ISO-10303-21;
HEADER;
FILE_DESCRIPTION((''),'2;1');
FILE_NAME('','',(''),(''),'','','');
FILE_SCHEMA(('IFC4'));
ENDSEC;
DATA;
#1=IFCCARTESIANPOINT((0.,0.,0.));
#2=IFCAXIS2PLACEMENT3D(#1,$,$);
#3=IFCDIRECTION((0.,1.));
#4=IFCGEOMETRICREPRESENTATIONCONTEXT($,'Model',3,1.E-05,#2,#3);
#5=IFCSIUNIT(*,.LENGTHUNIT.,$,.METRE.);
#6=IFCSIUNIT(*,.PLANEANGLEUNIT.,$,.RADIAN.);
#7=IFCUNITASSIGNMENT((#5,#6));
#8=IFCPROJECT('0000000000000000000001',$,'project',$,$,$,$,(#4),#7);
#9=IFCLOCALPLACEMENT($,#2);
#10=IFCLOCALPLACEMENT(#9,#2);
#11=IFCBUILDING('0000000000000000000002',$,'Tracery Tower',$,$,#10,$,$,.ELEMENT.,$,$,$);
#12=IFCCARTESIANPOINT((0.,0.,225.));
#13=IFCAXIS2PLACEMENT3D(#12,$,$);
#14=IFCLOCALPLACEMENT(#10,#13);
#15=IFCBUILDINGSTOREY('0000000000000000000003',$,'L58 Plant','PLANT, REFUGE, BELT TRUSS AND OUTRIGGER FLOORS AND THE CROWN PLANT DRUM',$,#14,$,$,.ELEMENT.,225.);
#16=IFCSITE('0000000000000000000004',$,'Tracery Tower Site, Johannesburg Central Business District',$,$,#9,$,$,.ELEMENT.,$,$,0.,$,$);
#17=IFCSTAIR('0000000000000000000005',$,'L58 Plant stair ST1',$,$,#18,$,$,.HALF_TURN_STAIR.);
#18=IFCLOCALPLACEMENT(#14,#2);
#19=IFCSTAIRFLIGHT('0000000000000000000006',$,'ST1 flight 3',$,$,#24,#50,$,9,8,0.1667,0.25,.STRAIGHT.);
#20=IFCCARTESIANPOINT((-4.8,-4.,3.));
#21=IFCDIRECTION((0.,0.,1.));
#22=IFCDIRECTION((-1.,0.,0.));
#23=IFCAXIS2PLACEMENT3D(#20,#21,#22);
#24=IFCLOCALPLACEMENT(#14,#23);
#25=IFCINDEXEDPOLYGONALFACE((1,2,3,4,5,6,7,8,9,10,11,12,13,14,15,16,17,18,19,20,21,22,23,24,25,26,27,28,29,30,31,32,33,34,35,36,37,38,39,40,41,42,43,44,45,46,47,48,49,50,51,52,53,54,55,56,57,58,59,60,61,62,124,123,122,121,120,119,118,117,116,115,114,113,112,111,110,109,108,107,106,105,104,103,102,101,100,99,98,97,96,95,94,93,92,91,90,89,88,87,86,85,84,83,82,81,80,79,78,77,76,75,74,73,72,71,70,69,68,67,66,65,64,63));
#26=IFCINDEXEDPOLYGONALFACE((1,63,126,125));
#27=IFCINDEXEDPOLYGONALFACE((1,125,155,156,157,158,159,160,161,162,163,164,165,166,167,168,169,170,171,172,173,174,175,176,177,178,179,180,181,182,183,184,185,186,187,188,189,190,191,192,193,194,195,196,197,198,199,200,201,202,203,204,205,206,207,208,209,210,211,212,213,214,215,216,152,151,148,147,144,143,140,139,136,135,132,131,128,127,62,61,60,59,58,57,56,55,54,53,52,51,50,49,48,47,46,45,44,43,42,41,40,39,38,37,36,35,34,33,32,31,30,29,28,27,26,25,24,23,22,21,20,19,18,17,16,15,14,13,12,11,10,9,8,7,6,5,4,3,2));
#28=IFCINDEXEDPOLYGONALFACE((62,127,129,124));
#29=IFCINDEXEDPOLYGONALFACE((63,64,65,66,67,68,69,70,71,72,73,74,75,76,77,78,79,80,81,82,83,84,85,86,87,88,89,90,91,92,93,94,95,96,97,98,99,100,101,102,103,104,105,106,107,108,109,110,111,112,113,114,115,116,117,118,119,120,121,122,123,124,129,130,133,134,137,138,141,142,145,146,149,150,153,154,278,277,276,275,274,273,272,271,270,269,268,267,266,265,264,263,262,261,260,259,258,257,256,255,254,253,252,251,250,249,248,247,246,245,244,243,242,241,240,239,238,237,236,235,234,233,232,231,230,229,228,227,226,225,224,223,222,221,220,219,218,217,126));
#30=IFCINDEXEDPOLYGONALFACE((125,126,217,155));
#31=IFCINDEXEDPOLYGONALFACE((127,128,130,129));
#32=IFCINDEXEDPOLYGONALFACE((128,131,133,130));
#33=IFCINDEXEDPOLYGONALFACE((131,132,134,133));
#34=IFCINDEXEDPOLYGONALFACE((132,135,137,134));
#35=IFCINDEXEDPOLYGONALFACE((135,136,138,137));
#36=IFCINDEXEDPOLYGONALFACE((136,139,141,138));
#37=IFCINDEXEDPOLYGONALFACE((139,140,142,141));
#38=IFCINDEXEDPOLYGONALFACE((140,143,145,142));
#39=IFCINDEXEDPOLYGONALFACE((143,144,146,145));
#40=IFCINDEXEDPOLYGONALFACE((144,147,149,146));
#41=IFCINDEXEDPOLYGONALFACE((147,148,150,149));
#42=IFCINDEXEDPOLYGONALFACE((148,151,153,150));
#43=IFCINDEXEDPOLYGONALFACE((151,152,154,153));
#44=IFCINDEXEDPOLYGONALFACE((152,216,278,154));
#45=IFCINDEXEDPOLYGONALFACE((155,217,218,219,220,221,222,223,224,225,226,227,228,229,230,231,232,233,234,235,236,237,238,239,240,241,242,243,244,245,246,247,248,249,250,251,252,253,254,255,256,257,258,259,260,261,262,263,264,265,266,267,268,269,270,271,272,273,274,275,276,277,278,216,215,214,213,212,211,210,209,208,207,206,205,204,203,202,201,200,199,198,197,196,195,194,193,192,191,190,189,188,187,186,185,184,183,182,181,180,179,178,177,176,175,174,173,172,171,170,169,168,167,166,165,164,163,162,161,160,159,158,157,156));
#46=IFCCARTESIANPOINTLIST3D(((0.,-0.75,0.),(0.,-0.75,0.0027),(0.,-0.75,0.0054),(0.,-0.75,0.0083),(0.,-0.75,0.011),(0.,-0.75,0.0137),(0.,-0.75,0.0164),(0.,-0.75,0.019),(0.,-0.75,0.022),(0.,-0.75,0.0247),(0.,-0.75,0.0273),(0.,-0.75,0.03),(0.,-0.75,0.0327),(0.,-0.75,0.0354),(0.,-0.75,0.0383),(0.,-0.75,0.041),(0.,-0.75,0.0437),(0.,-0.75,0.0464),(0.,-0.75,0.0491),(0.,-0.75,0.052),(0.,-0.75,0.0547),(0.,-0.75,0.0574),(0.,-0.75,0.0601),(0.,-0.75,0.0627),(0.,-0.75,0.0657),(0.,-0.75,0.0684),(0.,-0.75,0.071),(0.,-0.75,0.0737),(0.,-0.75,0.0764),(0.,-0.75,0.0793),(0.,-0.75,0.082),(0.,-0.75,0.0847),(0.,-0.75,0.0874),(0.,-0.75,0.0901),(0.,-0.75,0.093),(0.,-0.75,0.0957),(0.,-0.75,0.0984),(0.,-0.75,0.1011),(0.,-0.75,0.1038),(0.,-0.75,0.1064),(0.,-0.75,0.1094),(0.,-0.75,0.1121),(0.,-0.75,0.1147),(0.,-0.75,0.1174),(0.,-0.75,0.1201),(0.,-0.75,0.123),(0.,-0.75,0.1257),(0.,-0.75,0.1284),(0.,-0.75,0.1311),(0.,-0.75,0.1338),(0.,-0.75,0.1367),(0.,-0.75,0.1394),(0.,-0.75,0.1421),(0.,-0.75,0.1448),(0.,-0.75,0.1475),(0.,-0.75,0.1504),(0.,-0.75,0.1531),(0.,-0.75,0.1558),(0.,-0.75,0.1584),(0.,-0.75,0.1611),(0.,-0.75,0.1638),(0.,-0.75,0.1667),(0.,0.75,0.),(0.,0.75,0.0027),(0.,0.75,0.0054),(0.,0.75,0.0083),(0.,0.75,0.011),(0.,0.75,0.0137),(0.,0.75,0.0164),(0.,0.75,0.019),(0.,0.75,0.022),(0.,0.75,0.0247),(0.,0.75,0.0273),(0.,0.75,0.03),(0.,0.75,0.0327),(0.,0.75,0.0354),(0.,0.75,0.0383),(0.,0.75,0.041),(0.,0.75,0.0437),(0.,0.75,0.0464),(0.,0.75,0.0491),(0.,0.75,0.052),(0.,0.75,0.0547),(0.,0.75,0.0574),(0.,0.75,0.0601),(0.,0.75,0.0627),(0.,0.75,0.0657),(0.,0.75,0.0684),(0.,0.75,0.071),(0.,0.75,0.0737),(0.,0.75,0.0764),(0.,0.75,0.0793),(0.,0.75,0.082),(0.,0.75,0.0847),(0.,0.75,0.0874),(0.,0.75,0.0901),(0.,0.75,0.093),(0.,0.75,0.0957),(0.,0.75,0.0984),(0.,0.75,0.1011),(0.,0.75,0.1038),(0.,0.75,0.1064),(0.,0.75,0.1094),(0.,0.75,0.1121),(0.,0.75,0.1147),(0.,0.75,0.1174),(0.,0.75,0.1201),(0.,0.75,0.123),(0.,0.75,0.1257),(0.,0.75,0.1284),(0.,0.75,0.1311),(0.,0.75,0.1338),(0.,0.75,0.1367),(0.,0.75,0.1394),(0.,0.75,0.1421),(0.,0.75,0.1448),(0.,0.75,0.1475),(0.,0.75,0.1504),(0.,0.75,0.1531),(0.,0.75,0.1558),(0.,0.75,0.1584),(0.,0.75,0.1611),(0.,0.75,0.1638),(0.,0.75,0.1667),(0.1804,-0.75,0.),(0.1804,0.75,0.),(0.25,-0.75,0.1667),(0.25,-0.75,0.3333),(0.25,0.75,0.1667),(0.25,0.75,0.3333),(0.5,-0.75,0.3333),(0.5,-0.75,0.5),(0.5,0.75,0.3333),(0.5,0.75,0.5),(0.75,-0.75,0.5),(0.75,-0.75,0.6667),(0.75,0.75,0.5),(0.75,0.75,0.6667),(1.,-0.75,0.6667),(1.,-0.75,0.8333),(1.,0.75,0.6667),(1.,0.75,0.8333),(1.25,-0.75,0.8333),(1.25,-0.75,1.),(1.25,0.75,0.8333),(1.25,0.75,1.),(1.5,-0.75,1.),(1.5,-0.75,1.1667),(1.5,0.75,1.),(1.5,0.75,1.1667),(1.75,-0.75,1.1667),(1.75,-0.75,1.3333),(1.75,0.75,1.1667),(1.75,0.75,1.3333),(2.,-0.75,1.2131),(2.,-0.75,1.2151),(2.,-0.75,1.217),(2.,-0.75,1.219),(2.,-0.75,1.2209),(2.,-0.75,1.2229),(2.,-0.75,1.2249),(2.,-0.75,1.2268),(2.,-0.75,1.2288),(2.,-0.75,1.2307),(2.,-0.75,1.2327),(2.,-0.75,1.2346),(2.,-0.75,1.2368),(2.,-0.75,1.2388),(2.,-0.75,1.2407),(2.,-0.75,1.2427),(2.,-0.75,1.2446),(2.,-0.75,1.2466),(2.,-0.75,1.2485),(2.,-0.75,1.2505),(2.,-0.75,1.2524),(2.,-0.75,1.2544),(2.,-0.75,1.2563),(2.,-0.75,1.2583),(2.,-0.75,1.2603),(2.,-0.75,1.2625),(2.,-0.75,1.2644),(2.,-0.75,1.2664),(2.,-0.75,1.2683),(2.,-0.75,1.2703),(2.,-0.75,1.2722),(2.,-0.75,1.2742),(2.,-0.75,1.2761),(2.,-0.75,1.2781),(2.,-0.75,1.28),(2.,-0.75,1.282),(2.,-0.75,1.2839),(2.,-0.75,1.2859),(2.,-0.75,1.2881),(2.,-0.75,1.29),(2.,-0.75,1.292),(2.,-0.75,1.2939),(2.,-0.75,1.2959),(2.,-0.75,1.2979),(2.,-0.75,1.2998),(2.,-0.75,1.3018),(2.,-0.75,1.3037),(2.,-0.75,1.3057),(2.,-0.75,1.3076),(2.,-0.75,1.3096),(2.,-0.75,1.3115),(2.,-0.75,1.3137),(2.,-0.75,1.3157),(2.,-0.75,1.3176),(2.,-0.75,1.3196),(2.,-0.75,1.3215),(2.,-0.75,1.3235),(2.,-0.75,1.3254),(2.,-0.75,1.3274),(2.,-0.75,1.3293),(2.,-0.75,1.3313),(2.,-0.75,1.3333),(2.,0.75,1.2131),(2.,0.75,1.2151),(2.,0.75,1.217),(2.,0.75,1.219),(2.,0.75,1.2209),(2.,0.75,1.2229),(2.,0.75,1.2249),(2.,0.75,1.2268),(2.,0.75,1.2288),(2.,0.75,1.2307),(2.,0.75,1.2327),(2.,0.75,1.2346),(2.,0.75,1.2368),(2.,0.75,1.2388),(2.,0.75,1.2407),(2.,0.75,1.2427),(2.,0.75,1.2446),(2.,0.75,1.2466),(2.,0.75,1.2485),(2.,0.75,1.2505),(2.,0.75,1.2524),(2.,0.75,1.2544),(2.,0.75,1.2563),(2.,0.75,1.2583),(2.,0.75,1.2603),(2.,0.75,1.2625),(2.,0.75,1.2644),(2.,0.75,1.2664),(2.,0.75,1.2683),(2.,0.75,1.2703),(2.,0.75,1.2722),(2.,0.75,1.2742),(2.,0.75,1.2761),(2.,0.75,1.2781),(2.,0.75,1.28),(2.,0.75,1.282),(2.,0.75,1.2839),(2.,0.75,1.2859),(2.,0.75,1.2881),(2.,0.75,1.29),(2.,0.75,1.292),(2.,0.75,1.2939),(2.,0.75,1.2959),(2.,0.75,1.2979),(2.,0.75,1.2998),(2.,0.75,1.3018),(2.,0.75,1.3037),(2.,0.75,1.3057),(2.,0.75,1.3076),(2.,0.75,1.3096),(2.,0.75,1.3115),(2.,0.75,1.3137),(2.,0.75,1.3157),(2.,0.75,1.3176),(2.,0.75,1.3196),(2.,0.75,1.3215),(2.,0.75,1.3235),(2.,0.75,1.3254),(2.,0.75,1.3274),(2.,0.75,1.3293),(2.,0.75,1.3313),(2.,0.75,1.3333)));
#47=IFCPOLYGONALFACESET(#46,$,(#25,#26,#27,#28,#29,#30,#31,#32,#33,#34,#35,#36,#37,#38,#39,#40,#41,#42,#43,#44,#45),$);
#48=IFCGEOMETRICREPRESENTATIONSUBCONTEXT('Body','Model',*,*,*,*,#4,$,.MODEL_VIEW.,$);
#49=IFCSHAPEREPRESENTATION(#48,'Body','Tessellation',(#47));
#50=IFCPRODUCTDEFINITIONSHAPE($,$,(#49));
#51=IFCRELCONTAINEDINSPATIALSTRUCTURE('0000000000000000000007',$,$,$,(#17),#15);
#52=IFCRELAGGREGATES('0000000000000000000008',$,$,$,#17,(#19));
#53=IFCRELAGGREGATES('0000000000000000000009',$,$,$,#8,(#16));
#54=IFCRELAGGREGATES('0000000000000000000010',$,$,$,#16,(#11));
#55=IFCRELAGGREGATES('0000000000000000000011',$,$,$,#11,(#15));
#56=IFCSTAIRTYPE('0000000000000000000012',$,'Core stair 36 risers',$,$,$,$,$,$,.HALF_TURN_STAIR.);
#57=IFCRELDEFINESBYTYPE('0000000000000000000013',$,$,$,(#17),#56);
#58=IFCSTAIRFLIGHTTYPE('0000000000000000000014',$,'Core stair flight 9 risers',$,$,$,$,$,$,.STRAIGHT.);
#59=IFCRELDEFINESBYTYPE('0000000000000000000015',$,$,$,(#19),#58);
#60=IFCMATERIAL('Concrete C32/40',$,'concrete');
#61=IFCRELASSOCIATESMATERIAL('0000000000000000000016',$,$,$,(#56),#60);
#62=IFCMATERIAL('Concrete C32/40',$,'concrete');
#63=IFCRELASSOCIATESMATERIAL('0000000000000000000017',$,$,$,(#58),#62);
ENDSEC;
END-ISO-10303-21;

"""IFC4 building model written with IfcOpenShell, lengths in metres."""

from ifc_helpers import new_model, si_unit, direction, frame, origin, place, context, subcontext, project, spatial, polyline, outline, extrude, material, type_object, element, aggregate, save


model = new_model("IFC4")

# Units and contexts
model_context = context("Model", 3, precision=1e-05, world=origin(), true_north=direction((0.0, 1.0)))
body_context = subcontext(model_context, "Body", "Model", "MODEL_VIEW")
ifc_project = project(units=[si_unit("LENGTHUNIT", "METRE"), si_unit("PLANEANGLEUNIT", "RADIAN")], contexts=[model_context])

# Site, building, storey
site_placement = place(None, origin())
site = spatial("IfcSite", under=ifc_project, at=site_placement, Name="Tracery Tower Site, Johannesburg Central Business District", CompositionType="ELEMENT", RefElevation=0.0)
building_placement = place(site_placement, origin())
building = spatial("IfcBuilding", under=site, at=building_placement, Name="Tracery Tower", CompositionType="ELEMENT")
storey_placement = place(building_placement, frame((0.0, 0.0, 225.0)))
storey = spatial("IfcBuildingStorey", under=building, at=storey_placement, Name="L58 Plant", Description="PLANT, REFUGE, BELT TRUSS AND OUTRIGGER FLOORS AND THE CROWN PLANT DRUM", CompositionType="ELEMENT", Elevation=225.0)

# Stair, stair flight
ifc_material_1 = material(Name="Concrete C32/40", Category="concrete")
stair_type = type_object("IfcStairType", Name="Core stair 36 risers", PredefinedType="HALF_TURN_STAIR", material=ifc_material_1)
stair_placement = place(storey_placement, origin())
stair = element("IfcStair", 1, at=stair_placement, inside=storey, type_object=stair_type, Name="L58 Plant stair ST1", PredefinedType="HALF_TURN_STAIR")
ifc_material_2 = material(Name="Concrete C32/40", Category="concrete")
stair_flight_type = type_object("IfcStairFlightType", Name="Core stair flight 9 risers", PredefinedType="STRAIGHT", material=ifc_material_2)
stair_flight_1_placement = place(storey_placement, frame((-4.8, -4.0, 3.0), z_axis=(0.0, 0.0, 1.0), x_axis=(-1.0, 0.0, 0.0)))
stair_flight_1 = element("IfcStairFlight", 2, at=stair_flight_1_placement, type_object=stair_flight_type, Name="ST1 flight 3", NumberOfRisers=9, NumberOfTreads=8, PredefinedType="STRAIGHT", RiserHeight=0.1667, TreadLength=0.25, context=body_context, shape_type="SweptSolid", body=[
    extrude(outline(polyline([(0.0, 0.0), (0.0, 0.0027), (0.0, 0.0054), (0.0, 0.0083), (0.0, 0.011), (0.0, 0.0137), (0.0, 0.0164), (0.0, 0.019), (0.0, 0.022), (0.0, 0.0247), (0.0, 0.0273), (0.0, 0.03), (0.0, 0.0327), (0.0, 0.0354), (0.0, 0.0383), (0.0, 0.041), (0.0, 0.0437), (0.0, 0.0464), (0.0, 0.0491), (0.0, 0.052), (0.0, 0.0547), (0.0, 0.0574), (0.0, 0.0601), (0.0, 0.0627), (0.0, 0.0657), (0.0, 0.0684), (0.0, 0.071), (0.0, 0.0737), (0.0, 0.0764), (0.0, 0.0793), (0.0, 0.082), (0.0, 0.0847), (0.0, 0.0874), (0.0, 0.0901), (0.0, 0.093), (0.0, 0.0957), (0.0, 0.0984), (0.0, 0.1011), (0.0, 0.1038), (0.0, 0.1064), (0.0, 0.1094), (0.0, 0.1121), (0.0, 0.1147), (0.0, 0.1174), (0.0, 0.1201), (0.0, 0.123), (0.0, 0.1257), (0.0, 0.1284), (0.0, 0.1311), (0.0, 0.1338), (0.0, 0.1367), (0.0, 0.1394), (0.0, 0.1421), (0.0, 0.1448), (0.0, 0.1475), (0.0, 0.1504), (0.0, 0.1531), (0.0, 0.1558), (0.0, 0.1584), (0.0, 0.1611), (0.0, 0.1638), (0.0, 0.1667), (0.25, 0.1667), (0.25, 0.3333), (0.5, 0.3333), (0.5, 0.5), (0.75, 0.5), (0.75, 0.6667), (1.0, 0.6667), (1.0, 0.8333), (1.25, 0.8333), (1.25, 1.0), (1.5, 1.0), (1.5, 1.1667), (1.75, 1.1667), (1.75, 1.3333), (2.0, 1.3333), (2.0, 1.3313), (2.0, 1.3293), (2.0, 1.3274), (2.0, 1.3254), (2.0, 1.3235), (2.0, 1.3215), (2.0, 1.3196), (2.0, 1.3176), (2.0, 1.3157), (2.0, 1.3137), (2.0, 1.3115), (2.0, 1.3096), (2.0, 1.3076), (2.0, 1.3057), (2.0, 1.3037), (2.0, 1.3018), (2.0, 1.2998), (2.0, 1.2979), (2.0, 1.2959), (2.0, 1.2939), (2.0, 1.292), (2.0, 1.29), (2.0, 1.2881), (2.0, 1.2859), (2.0, 1.2839), (2.0, 1.282), (2.0, 1.28), (2.0, 1.2781), (2.0, 1.2761), (2.0, 1.2742), (2.0, 1.2722), (2.0, 1.2703), (2.0, 1.2683), (2.0, 1.2664), (2.0, 1.2644), (2.0, 1.2625), (2.0, 1.2603), (2.0, 1.2583), (2.0, 1.2563), (2.0, 1.2544), (2.0, 1.2524), (2.0, 1.2505), (2.0, 1.2485), (2.0, 1.2466), (2.0, 1.2446), (2.0, 1.2427), (2.0, 1.2407), (2.0, 1.2388), (2.0, 1.2368), (2.0, 1.2346), (2.0, 1.2327), (2.0, 1.2307), (2.0, 1.2288), (2.0, 1.2268), (2.0, 1.2249), (2.0, 1.2229), (2.0, 1.2209), (2.0, 1.219), (2.0, 1.217), (2.0, 1.2151), (2.0, 1.2131), (0.1804, 0.0), (0.0, 0.0)])), frame((0.0, 0.75, 0.0), z_axis=(0.0, -1.0, 0.0), x_axis=(1.0, 0.0, 0.0)), (0.0, 0.0, 1.0), 1.5),
])
aggregate(stair, [stair_flight_1])

save(model, "model.ifc")
